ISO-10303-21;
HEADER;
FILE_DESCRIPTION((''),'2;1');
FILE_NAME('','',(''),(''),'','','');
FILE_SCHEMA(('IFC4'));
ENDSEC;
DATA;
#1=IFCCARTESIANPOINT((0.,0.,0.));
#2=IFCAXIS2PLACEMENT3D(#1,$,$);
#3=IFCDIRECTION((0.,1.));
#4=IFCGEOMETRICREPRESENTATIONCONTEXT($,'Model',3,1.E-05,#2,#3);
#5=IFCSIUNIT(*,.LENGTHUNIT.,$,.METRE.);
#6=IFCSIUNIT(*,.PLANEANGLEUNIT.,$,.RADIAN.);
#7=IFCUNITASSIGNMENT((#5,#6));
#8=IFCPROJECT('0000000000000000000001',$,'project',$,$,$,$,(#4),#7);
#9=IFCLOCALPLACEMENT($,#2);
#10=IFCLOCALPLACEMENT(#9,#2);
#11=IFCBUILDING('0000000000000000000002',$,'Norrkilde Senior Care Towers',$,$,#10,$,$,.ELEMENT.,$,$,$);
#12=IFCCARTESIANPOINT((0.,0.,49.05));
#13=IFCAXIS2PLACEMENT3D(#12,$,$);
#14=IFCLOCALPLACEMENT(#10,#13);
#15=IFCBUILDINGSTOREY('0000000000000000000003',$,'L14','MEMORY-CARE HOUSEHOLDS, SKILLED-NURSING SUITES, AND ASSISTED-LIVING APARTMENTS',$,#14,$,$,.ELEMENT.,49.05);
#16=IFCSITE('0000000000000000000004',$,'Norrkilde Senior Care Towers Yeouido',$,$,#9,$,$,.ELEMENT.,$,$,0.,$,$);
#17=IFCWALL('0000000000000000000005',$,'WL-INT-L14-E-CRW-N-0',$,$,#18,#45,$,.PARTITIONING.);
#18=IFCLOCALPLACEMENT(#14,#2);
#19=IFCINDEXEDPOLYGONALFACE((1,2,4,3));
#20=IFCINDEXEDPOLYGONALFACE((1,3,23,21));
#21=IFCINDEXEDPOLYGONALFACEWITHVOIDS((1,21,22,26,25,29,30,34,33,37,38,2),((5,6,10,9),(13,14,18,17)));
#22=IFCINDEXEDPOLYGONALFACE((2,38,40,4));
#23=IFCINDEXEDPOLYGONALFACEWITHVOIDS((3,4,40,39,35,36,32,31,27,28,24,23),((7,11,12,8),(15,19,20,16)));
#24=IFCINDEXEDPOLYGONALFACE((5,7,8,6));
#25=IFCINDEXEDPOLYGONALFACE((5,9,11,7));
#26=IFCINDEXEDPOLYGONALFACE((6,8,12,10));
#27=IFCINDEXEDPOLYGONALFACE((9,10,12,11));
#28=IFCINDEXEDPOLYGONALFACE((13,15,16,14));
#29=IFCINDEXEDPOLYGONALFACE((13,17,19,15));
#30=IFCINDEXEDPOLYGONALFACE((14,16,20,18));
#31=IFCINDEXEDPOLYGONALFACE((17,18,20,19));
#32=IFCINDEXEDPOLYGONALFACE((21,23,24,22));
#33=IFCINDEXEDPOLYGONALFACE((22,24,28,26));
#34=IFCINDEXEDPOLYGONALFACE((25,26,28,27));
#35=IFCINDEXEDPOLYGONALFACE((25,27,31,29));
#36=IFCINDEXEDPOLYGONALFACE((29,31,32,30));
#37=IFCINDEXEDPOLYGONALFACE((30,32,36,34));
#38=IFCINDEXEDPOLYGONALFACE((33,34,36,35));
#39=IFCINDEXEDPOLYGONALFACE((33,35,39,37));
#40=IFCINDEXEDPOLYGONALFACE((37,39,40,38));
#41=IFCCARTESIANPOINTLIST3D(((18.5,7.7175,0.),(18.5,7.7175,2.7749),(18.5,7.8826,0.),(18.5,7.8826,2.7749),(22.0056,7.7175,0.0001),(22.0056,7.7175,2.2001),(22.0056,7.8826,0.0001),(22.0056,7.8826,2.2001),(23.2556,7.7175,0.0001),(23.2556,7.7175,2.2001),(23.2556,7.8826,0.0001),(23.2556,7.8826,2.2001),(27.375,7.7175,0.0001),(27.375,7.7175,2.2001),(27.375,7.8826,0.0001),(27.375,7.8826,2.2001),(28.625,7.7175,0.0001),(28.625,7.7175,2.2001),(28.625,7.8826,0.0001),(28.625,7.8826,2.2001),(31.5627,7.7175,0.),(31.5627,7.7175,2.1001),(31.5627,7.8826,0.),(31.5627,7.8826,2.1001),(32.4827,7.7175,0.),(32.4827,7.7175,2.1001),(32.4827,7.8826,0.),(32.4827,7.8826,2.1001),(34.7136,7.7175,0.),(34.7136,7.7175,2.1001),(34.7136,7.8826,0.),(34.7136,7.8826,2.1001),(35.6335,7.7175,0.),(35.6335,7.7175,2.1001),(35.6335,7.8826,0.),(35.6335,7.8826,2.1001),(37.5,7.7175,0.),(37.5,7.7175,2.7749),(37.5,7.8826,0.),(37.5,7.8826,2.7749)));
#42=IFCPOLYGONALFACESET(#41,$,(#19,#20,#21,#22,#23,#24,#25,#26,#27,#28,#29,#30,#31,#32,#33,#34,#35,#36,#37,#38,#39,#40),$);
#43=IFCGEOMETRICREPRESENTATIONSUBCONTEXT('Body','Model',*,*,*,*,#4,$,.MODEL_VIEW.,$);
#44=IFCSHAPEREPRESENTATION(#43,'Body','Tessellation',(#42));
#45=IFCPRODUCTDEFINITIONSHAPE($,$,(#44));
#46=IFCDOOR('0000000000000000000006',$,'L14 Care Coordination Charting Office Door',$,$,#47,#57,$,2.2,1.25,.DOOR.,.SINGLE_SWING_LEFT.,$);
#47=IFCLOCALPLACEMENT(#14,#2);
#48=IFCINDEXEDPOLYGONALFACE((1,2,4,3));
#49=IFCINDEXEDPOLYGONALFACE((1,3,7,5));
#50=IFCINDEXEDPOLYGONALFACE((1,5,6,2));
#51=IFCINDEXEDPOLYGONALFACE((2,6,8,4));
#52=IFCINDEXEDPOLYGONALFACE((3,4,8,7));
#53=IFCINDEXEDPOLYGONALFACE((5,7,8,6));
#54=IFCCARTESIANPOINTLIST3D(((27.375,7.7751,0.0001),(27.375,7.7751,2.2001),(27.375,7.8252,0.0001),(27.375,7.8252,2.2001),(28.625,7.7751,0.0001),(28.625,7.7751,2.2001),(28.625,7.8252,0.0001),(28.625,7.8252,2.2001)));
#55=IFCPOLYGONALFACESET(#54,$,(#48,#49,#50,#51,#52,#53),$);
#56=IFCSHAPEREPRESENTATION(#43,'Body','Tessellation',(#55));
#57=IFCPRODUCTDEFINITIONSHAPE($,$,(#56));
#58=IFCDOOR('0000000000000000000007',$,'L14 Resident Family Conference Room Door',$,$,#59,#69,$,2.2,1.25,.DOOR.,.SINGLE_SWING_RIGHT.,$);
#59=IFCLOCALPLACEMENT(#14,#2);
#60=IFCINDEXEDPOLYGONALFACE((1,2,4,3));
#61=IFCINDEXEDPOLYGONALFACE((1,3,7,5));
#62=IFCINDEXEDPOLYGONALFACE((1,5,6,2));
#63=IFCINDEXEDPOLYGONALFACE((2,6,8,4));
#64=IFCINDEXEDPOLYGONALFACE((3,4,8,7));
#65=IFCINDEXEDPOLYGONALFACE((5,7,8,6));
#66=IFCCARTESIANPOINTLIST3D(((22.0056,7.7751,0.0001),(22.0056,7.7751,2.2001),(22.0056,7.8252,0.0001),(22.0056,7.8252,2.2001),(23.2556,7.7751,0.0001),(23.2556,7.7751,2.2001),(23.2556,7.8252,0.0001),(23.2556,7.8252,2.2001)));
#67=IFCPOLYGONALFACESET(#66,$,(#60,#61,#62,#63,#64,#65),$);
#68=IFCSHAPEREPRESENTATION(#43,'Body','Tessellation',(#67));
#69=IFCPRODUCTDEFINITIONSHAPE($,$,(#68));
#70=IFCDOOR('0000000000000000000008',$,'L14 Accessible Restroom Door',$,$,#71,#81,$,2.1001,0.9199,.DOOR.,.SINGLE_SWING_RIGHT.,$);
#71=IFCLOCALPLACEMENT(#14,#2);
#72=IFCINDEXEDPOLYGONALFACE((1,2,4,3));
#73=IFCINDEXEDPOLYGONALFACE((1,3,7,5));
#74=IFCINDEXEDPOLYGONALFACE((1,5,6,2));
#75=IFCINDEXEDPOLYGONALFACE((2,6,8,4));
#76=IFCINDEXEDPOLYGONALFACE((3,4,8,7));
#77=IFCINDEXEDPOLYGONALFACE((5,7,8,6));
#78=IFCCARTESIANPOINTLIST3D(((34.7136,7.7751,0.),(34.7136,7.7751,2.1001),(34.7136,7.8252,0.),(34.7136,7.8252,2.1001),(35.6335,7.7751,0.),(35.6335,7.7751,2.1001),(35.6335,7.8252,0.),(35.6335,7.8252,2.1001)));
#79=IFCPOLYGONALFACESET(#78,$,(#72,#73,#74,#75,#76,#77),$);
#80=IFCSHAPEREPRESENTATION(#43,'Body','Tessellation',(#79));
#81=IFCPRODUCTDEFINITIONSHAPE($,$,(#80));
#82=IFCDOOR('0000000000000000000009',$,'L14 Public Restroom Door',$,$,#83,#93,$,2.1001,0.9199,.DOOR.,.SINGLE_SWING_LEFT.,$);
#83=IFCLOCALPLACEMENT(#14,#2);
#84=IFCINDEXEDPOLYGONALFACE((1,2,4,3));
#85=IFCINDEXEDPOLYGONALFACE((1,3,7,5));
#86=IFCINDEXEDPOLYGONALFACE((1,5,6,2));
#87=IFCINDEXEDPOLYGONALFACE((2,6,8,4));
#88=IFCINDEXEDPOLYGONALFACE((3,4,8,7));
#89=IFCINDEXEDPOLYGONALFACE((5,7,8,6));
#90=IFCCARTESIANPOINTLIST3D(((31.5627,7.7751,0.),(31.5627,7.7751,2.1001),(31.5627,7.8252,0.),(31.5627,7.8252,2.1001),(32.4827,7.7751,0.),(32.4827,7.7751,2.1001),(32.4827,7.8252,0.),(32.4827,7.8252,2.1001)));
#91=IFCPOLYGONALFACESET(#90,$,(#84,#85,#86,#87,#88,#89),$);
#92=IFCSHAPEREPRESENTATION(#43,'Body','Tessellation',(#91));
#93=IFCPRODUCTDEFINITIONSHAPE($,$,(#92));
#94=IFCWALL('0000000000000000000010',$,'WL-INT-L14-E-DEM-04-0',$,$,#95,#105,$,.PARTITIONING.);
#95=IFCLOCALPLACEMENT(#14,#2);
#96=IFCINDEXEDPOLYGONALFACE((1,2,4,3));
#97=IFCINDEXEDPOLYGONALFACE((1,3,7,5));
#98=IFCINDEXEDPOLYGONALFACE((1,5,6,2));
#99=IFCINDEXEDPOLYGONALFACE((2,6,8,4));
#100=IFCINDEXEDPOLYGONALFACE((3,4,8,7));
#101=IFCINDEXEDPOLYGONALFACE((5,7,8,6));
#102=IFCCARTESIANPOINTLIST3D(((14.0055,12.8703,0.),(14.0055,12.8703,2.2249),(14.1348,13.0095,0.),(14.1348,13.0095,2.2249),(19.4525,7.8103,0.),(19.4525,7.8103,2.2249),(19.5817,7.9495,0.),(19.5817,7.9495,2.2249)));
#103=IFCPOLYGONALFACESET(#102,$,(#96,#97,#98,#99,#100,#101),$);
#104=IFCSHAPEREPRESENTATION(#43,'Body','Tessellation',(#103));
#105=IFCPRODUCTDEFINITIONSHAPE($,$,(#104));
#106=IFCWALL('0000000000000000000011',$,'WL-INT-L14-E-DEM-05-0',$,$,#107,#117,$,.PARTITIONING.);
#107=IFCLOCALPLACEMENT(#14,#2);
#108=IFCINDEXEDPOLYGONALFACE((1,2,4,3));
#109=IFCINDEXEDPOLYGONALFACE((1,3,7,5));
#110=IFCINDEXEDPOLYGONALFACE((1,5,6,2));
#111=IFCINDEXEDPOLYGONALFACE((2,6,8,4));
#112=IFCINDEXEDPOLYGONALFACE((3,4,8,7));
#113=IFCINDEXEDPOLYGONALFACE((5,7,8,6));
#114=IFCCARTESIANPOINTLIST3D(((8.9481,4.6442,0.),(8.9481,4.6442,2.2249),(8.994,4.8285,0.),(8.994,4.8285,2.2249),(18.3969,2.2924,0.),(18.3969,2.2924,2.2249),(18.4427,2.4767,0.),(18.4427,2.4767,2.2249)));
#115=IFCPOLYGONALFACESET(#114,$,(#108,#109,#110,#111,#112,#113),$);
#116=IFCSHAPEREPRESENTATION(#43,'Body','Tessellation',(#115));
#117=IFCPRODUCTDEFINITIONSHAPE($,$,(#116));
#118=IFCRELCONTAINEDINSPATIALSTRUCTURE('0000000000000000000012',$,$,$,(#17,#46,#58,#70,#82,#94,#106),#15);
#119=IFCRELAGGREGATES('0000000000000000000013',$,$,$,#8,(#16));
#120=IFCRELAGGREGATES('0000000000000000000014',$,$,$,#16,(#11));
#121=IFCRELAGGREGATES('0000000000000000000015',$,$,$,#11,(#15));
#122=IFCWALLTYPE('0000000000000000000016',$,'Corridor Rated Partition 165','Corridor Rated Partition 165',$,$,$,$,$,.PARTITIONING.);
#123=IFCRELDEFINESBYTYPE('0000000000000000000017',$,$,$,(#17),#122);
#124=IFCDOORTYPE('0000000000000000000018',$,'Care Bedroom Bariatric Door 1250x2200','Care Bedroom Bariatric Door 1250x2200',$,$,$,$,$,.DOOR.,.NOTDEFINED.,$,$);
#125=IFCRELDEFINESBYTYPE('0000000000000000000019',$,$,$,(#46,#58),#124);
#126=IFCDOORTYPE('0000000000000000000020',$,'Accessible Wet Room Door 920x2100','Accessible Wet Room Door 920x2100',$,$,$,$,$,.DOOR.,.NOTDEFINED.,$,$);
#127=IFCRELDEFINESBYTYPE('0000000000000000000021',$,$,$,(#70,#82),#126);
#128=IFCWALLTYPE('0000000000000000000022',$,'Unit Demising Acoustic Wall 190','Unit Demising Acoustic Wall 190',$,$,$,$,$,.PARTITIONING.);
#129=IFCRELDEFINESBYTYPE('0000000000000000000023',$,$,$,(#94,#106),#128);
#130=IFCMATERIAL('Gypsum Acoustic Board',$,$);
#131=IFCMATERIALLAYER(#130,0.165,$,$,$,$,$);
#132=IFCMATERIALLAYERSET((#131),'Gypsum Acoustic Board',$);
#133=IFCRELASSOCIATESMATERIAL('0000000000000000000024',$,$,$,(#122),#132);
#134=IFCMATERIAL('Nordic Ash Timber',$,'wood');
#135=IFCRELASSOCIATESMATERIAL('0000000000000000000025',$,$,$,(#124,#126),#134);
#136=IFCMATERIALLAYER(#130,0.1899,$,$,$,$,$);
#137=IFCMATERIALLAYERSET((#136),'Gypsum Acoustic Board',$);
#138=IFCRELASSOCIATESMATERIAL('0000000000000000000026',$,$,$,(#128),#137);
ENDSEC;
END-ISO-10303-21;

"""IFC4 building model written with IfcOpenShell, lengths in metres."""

from ifc_helpers import new_model, si_unit, direction, frame, frame_2d, origin, place, context, subcontext, project, spatial, rectangle, extrude, source, transform, mapped, material, layer, layer_set, type_object, type_shapes, element, fill, save


model = new_model("IFC4")

# Units and contexts
model_context = context("Model", 3, precision=1e-05, world=origin(), true_north=direction((0.0, 1.0)))
body_context = subcontext(model_context, "Body", "Model", "MODEL_VIEW")
ifc_project = project(units=[si_unit("LENGTHUNIT", "METRE"), si_unit("PLANEANGLEUNIT", "RADIAN")], contexts=[model_context])

# Site, building, storey
site_placement = place(None, origin())
site = spatial("IfcSite", under=ifc_project, at=site_placement, Name="Norrkilde Senior Care Towers Yeouido", CompositionType="ELEMENT", RefElevation=0.0)
building_placement = place(site_placement, origin())
building = spatial("IfcBuilding", under=site, at=building_placement, Name="Norrkilde Senior Care Towers", CompositionType="ELEMENT")
storey_placement = place(building_placement, frame((0.0, 0.0, 49.05)))
storey = spatial("IfcBuildingStorey", under=building, at=storey_placement, Name="L14", Description="MEMORY-CARE HOUSEHOLDS, SKILLED-NURSING SUITES, AND ASSISTED-LIVING APARTMENTS", CompositionType="ELEMENT", Elevation=49.05)

# Wall, openings, doors
ifc_material_1 = material(Name="Gypsum Acoustic Board")
ifc_layer_1 = layer(ifc_material_1, 0.165)
ifc_layer_set_1 = layer_set([ifc_layer_1], Name="Gypsum Acoustic Board")
wall_type_1 = type_object("IfcWallType", Name="Corridor Rated Partition 165", Description="Corridor Rated Partition 165", PredefinedType="PARTITIONING", material=ifc_layer_set_1)
shared_shape_1 = source(origin(), body_context, "Body", "SweptSolid", [
    extrude(rectangle(XDim=19.0, YDim=0.165, at=frame_2d((9.5, 0.0))), origin(), (0.0, 0.0, 1.0), 2.7749),
])
type_shapes(wall_type_1, [shared_shape_1])
wall_1_placement = place(storey_placement, frame((18.5, 7.8, 0.0), z_axis=(0.0, 0.0, 1.0), x_axis=(1.0, 0.0, 0.0)))
wall_1 = element("IfcWall", 1, at=wall_1_placement, inside=storey, type_object=wall_type_1, Name="WL-INT-L14-E-CRW-N-0", PredefinedType="PARTITIONING", context=body_context, shape_type="MappedRepresentation", body=[
    mapped(shared_shape_1, transform((0.0, 0.0, 0.0), x_axis=(1.0, 0.0, 0.0), y_axis=(0.0, 1.0, 0.0), z_axis=(0.0, 0.0, 1.0), scale=1.0)),
])
opening_1_placement = place(wall_1_placement, frame((16.2136, 0.0, 0.0)))
opening_1 = element("IfcOpeningElement", 2, at=opening_1_placement, cuts=wall_1, PredefinedType="OPENING", context=body_context, shape_type="SweptSolid", body=[
    extrude(rectangle(XDim=0.9199, YDim=2.1001, at=frame_2d((0.46, 1.05))), frame((0.0, 0.0925, 0.0), z_axis=(0.0, -1.0, 0.0), x_axis=(1.0, 0.0, 0.0)), (0.0, 0.0, 1.0), 0.1851),
])
opening_2_placement = place(wall_1_placement, frame((13.0627, 0.0, 0.0)))
opening_2 = element("IfcOpeningElement", 3, at=opening_2_placement, cuts=wall_1, PredefinedType="OPENING", context=body_context, shape_type="SweptSolid", body=[
    extrude(rectangle(XDim=0.9199, YDim=2.1001, at=frame_2d((0.46, 1.05))), frame((0.0, 0.0925, 0.0), z_axis=(0.0, -1.0, 0.0), x_axis=(1.0, 0.0, 0.0)), (0.0, 0.0, 1.0), 0.1851),
])
opening_3_placement = place(wall_1_placement, frame((8.875, 0.0, 0.0)))
opening_3 = element("IfcOpeningElement", 4, at=opening_3_placement, cuts=wall_1, PredefinedType="OPENING", context=body_context, shape_type="SweptSolid", body=[
    extrude(rectangle(XDim=1.25, YDim=2.2, at=frame_2d((0.625, 1.1001))), frame((0.0, 0.0925, 0.0), z_axis=(0.0, -1.0, 0.0), x_axis=(1.0, 0.0, 0.0)), (0.0, 0.0, 1.0), 0.1851),
])
opening_4_placement = place(wall_1_placement, frame((3.5056, 0.0, 0.0)))
opening_4 = element("IfcOpeningElement", 5, at=opening_4_placement, cuts=wall_1, PredefinedType="OPENING", context=body_context, shape_type="SweptSolid", body=[
    extrude(rectangle(XDim=1.25, YDim=2.2, at=frame_2d((0.625, 1.1001))), frame((0.0, 0.0925, 0.0), z_axis=(0.0, -1.0, 0.0), x_axis=(1.0, 0.0, 0.0)), (0.0, 0.0, 1.0), 0.1851),
])
ifc_material_2 = material(Name="Nordic Ash Timber", Category="wood")
door_type_1 = type_object("IfcDoorType", Name="Care Bedroom Bariatric Door 1250x2200", Description="Care Bedroom Bariatric Door 1250x2200", OperationType="NOTDEFINED", PredefinedType="DOOR", material=ifc_material_2)
shared_shape_2 = source(origin(), body_context, "Body", "SweptSolid", [
    extrude(rectangle(XDim=1.25, YDim=2.2, at=frame_2d((0.625, 1.1001))), frame((0.0, 0.0249, 0.0), z_axis=(0.0, -1.0, 0.0), x_axis=(1.0, 0.0, 0.0)), (0.0, 0.0, 1.0), 0.05),
])
type_shapes(door_type_1, [shared_shape_2])
door_1_placement = place(opening_3_placement, frame((1.25, 0.0, 0.0), z_axis=(0.0, 0.0, 1.0), x_axis=(-1.0, 0.0, 0.0)))
door_1 = element("IfcDoor", 6, at=door_1_placement, inside=storey, type_object=door_type_1, Name="L14 Care Coordination Charting Office Door", OperationType="SINGLE_SWING_LEFT", OverallHeight=2.2, OverallWidth=1.25, PredefinedType="DOOR", context=body_context, shape_type="MappedRepresentation", body=[
    mapped(shared_shape_2, transform((0.0, 0.0, 0.0), x_axis=(1.0, 0.0, 0.0), y_axis=(0.0, 1.0, 0.0), z_axis=(0.0, 0.0, 1.0), scale=1.0)),
])
fill(opening_3, door_1)
door_2_placement = place(opening_4_placement, frame((1.25, 0.0, 0.0), z_axis=(0.0, 0.0, 1.0), x_axis=(-1.0, 0.0, 0.0)))
door_2 = element("IfcDoor", 7, at=door_2_placement, inside=storey, type_object=door_type_1, Name="L14 Resident Family Conference Room Door", OperationType="SINGLE_SWING_RIGHT", OverallHeight=2.2, OverallWidth=1.25, PredefinedType="DOOR", context=body_context, shape_type="MappedRepresentation", body=[
    mapped(shared_shape_2, transform((0.0, 0.0, 0.0), x_axis=(1.0, 0.0, 0.0), y_axis=(0.0, 1.0, 0.0), z_axis=(0.0, 0.0, 1.0), scale=1.0)),
])
fill(opening_4, door_2)
door_type_2 = type_object("IfcDoorType", Name="Accessible Wet Room Door 920x2100", Description="Accessible Wet Room Door 920x2100", OperationType="NOTDEFINED", PredefinedType="DOOR", material=ifc_material_2)
shared_shape_3 = source(origin(), body_context, "Body", "SweptSolid", [
    extrude(rectangle(XDim=0.9199, YDim=2.1001, at=frame_2d((0.46, 1.05))), frame((0.0, 0.0249, 0.0), z_axis=(0.0, -1.0, 0.0), x_axis=(1.0, 0.0, 0.0)), (0.0, 0.0, 1.0), 0.05),
])
type_shapes(door_type_2, [shared_shape_3])
door_3_placement = place(opening_1_placement, frame((0.9199, 0.0, 0.0), z_axis=(0.0, 0.0, 1.0), x_axis=(-1.0, 0.0, 0.0)))
door_3 = element("IfcDoor", 8, at=door_3_placement, inside=storey, type_object=door_type_2, Name="L14 Accessible Restroom Door", OperationType="SINGLE_SWING_RIGHT", OverallHeight=2.1001, OverallWidth=0.9199, PredefinedType="DOOR", context=body_context, shape_type="MappedRepresentation", body=[
    mapped(shared_shape_3, transform((0.0, 0.0, 0.0), x_axis=(1.0, 0.0, 0.0), y_axis=(0.0, 1.0, 0.0), z_axis=(0.0, 0.0, 1.0), scale=1.0)),
])
fill(opening_1, door_3)
door_4_placement = place(opening_2_placement, frame((0.9199, 0.0, 0.0), z_axis=(0.0, 0.0, 1.0), x_axis=(-1.0, 0.0, 0.0)))
door_4 = element("IfcDoor", 9, at=door_4_placement, inside=storey, type_object=door_type_2, Name="L14 Public Restroom Door", OperationType="SINGLE_SWING_LEFT", OverallHeight=2.1001, OverallWidth=0.9199, PredefinedType="DOOR", context=body_context, shape_type="MappedRepresentation", body=[
    mapped(shared_shape_3, transform((0.0, 0.0, 0.0), x_axis=(1.0, 0.0, 0.0), y_axis=(0.0, 1.0, 0.0), z_axis=(0.0, 0.0, 1.0), scale=1.0)),
])
fill(opening_2, door_4)

# Walls
ifc_layer_2 = layer(ifc_material_1, 0.1899)
ifc_layer_set_2 = layer_set([ifc_layer_2], Name="Gypsum Acoustic Board")
wall_type_2 = type_object("IfcWallType", Name="Unit Demising Acoustic Wall 190", Description="Unit Demising Acoustic Wall 190", PredefinedType="PARTITIONING", material=ifc_layer_set_2)
shared_shape_4 = source(origin(), body_context, "Body", "SweptSolid", [
    extrude(rectangle(XDim=7.4346, YDim=0.1899, at=frame_2d((3.7173, 0.0))), origin(), (0.0, 0.0, 1.0), 2.2249),
])
wall_2_placement = place(storey_placement, frame((19.5171, 7.8799, 0.0), z_axis=(0.0, 0.0, 1.0), x_axis=(-0.732652, 0.680603, 0.0)))
element("IfcWall", 10, at=wall_2_placement, inside=storey, type_object=wall_type_2, Name="WL-INT-L14-E-DEM-04-0", PredefinedType="PARTITIONING", context=body_context, shape_type="MappedRepresentation", body=[
    mapped(shared_shape_4, transform((0.0, 0.0, 0.0), x_axis=(1.0, 0.0, 0.0), y_axis=(0.0, 1.0, 0.0), z_axis=(0.0, 0.0, 1.0), scale=1.0)),
])
shared_shape_5 = source(origin(), body_context, "Body", "SweptSolid", [
    extrude(rectangle(XDim=9.7371, YDim=0.1899, at=frame_2d((4.8687, 0.0))), origin(), (0.0, 0.0, 1.0), 2.2249),
])
type_shapes(wall_type_2, [shared_shape_4, shared_shape_5])
wall_3_placement = place(storey_placement, frame((18.4199, 2.3845, 0.0), z_axis=(0.0, 0.0, 1.0), x_axis=(-0.970393, 0.241533, 0.0)))
element("IfcWall", 11, at=wall_3_placement, inside=storey, type_object=wall_type_2, Name="WL-INT-L14-E-DEM-05-0", PredefinedType="PARTITIONING", context=body_context, shape_type="MappedRepresentation", body=[
    mapped(shared_shape_5, transform((0.0, 0.0, 0.0), x_axis=(1.0, 0.0, 0.0), y_axis=(0.0, 1.0, 0.0), z_axis=(0.0, 0.0, 1.0), scale=1.0)),
])

save(model, "model.ifc")
